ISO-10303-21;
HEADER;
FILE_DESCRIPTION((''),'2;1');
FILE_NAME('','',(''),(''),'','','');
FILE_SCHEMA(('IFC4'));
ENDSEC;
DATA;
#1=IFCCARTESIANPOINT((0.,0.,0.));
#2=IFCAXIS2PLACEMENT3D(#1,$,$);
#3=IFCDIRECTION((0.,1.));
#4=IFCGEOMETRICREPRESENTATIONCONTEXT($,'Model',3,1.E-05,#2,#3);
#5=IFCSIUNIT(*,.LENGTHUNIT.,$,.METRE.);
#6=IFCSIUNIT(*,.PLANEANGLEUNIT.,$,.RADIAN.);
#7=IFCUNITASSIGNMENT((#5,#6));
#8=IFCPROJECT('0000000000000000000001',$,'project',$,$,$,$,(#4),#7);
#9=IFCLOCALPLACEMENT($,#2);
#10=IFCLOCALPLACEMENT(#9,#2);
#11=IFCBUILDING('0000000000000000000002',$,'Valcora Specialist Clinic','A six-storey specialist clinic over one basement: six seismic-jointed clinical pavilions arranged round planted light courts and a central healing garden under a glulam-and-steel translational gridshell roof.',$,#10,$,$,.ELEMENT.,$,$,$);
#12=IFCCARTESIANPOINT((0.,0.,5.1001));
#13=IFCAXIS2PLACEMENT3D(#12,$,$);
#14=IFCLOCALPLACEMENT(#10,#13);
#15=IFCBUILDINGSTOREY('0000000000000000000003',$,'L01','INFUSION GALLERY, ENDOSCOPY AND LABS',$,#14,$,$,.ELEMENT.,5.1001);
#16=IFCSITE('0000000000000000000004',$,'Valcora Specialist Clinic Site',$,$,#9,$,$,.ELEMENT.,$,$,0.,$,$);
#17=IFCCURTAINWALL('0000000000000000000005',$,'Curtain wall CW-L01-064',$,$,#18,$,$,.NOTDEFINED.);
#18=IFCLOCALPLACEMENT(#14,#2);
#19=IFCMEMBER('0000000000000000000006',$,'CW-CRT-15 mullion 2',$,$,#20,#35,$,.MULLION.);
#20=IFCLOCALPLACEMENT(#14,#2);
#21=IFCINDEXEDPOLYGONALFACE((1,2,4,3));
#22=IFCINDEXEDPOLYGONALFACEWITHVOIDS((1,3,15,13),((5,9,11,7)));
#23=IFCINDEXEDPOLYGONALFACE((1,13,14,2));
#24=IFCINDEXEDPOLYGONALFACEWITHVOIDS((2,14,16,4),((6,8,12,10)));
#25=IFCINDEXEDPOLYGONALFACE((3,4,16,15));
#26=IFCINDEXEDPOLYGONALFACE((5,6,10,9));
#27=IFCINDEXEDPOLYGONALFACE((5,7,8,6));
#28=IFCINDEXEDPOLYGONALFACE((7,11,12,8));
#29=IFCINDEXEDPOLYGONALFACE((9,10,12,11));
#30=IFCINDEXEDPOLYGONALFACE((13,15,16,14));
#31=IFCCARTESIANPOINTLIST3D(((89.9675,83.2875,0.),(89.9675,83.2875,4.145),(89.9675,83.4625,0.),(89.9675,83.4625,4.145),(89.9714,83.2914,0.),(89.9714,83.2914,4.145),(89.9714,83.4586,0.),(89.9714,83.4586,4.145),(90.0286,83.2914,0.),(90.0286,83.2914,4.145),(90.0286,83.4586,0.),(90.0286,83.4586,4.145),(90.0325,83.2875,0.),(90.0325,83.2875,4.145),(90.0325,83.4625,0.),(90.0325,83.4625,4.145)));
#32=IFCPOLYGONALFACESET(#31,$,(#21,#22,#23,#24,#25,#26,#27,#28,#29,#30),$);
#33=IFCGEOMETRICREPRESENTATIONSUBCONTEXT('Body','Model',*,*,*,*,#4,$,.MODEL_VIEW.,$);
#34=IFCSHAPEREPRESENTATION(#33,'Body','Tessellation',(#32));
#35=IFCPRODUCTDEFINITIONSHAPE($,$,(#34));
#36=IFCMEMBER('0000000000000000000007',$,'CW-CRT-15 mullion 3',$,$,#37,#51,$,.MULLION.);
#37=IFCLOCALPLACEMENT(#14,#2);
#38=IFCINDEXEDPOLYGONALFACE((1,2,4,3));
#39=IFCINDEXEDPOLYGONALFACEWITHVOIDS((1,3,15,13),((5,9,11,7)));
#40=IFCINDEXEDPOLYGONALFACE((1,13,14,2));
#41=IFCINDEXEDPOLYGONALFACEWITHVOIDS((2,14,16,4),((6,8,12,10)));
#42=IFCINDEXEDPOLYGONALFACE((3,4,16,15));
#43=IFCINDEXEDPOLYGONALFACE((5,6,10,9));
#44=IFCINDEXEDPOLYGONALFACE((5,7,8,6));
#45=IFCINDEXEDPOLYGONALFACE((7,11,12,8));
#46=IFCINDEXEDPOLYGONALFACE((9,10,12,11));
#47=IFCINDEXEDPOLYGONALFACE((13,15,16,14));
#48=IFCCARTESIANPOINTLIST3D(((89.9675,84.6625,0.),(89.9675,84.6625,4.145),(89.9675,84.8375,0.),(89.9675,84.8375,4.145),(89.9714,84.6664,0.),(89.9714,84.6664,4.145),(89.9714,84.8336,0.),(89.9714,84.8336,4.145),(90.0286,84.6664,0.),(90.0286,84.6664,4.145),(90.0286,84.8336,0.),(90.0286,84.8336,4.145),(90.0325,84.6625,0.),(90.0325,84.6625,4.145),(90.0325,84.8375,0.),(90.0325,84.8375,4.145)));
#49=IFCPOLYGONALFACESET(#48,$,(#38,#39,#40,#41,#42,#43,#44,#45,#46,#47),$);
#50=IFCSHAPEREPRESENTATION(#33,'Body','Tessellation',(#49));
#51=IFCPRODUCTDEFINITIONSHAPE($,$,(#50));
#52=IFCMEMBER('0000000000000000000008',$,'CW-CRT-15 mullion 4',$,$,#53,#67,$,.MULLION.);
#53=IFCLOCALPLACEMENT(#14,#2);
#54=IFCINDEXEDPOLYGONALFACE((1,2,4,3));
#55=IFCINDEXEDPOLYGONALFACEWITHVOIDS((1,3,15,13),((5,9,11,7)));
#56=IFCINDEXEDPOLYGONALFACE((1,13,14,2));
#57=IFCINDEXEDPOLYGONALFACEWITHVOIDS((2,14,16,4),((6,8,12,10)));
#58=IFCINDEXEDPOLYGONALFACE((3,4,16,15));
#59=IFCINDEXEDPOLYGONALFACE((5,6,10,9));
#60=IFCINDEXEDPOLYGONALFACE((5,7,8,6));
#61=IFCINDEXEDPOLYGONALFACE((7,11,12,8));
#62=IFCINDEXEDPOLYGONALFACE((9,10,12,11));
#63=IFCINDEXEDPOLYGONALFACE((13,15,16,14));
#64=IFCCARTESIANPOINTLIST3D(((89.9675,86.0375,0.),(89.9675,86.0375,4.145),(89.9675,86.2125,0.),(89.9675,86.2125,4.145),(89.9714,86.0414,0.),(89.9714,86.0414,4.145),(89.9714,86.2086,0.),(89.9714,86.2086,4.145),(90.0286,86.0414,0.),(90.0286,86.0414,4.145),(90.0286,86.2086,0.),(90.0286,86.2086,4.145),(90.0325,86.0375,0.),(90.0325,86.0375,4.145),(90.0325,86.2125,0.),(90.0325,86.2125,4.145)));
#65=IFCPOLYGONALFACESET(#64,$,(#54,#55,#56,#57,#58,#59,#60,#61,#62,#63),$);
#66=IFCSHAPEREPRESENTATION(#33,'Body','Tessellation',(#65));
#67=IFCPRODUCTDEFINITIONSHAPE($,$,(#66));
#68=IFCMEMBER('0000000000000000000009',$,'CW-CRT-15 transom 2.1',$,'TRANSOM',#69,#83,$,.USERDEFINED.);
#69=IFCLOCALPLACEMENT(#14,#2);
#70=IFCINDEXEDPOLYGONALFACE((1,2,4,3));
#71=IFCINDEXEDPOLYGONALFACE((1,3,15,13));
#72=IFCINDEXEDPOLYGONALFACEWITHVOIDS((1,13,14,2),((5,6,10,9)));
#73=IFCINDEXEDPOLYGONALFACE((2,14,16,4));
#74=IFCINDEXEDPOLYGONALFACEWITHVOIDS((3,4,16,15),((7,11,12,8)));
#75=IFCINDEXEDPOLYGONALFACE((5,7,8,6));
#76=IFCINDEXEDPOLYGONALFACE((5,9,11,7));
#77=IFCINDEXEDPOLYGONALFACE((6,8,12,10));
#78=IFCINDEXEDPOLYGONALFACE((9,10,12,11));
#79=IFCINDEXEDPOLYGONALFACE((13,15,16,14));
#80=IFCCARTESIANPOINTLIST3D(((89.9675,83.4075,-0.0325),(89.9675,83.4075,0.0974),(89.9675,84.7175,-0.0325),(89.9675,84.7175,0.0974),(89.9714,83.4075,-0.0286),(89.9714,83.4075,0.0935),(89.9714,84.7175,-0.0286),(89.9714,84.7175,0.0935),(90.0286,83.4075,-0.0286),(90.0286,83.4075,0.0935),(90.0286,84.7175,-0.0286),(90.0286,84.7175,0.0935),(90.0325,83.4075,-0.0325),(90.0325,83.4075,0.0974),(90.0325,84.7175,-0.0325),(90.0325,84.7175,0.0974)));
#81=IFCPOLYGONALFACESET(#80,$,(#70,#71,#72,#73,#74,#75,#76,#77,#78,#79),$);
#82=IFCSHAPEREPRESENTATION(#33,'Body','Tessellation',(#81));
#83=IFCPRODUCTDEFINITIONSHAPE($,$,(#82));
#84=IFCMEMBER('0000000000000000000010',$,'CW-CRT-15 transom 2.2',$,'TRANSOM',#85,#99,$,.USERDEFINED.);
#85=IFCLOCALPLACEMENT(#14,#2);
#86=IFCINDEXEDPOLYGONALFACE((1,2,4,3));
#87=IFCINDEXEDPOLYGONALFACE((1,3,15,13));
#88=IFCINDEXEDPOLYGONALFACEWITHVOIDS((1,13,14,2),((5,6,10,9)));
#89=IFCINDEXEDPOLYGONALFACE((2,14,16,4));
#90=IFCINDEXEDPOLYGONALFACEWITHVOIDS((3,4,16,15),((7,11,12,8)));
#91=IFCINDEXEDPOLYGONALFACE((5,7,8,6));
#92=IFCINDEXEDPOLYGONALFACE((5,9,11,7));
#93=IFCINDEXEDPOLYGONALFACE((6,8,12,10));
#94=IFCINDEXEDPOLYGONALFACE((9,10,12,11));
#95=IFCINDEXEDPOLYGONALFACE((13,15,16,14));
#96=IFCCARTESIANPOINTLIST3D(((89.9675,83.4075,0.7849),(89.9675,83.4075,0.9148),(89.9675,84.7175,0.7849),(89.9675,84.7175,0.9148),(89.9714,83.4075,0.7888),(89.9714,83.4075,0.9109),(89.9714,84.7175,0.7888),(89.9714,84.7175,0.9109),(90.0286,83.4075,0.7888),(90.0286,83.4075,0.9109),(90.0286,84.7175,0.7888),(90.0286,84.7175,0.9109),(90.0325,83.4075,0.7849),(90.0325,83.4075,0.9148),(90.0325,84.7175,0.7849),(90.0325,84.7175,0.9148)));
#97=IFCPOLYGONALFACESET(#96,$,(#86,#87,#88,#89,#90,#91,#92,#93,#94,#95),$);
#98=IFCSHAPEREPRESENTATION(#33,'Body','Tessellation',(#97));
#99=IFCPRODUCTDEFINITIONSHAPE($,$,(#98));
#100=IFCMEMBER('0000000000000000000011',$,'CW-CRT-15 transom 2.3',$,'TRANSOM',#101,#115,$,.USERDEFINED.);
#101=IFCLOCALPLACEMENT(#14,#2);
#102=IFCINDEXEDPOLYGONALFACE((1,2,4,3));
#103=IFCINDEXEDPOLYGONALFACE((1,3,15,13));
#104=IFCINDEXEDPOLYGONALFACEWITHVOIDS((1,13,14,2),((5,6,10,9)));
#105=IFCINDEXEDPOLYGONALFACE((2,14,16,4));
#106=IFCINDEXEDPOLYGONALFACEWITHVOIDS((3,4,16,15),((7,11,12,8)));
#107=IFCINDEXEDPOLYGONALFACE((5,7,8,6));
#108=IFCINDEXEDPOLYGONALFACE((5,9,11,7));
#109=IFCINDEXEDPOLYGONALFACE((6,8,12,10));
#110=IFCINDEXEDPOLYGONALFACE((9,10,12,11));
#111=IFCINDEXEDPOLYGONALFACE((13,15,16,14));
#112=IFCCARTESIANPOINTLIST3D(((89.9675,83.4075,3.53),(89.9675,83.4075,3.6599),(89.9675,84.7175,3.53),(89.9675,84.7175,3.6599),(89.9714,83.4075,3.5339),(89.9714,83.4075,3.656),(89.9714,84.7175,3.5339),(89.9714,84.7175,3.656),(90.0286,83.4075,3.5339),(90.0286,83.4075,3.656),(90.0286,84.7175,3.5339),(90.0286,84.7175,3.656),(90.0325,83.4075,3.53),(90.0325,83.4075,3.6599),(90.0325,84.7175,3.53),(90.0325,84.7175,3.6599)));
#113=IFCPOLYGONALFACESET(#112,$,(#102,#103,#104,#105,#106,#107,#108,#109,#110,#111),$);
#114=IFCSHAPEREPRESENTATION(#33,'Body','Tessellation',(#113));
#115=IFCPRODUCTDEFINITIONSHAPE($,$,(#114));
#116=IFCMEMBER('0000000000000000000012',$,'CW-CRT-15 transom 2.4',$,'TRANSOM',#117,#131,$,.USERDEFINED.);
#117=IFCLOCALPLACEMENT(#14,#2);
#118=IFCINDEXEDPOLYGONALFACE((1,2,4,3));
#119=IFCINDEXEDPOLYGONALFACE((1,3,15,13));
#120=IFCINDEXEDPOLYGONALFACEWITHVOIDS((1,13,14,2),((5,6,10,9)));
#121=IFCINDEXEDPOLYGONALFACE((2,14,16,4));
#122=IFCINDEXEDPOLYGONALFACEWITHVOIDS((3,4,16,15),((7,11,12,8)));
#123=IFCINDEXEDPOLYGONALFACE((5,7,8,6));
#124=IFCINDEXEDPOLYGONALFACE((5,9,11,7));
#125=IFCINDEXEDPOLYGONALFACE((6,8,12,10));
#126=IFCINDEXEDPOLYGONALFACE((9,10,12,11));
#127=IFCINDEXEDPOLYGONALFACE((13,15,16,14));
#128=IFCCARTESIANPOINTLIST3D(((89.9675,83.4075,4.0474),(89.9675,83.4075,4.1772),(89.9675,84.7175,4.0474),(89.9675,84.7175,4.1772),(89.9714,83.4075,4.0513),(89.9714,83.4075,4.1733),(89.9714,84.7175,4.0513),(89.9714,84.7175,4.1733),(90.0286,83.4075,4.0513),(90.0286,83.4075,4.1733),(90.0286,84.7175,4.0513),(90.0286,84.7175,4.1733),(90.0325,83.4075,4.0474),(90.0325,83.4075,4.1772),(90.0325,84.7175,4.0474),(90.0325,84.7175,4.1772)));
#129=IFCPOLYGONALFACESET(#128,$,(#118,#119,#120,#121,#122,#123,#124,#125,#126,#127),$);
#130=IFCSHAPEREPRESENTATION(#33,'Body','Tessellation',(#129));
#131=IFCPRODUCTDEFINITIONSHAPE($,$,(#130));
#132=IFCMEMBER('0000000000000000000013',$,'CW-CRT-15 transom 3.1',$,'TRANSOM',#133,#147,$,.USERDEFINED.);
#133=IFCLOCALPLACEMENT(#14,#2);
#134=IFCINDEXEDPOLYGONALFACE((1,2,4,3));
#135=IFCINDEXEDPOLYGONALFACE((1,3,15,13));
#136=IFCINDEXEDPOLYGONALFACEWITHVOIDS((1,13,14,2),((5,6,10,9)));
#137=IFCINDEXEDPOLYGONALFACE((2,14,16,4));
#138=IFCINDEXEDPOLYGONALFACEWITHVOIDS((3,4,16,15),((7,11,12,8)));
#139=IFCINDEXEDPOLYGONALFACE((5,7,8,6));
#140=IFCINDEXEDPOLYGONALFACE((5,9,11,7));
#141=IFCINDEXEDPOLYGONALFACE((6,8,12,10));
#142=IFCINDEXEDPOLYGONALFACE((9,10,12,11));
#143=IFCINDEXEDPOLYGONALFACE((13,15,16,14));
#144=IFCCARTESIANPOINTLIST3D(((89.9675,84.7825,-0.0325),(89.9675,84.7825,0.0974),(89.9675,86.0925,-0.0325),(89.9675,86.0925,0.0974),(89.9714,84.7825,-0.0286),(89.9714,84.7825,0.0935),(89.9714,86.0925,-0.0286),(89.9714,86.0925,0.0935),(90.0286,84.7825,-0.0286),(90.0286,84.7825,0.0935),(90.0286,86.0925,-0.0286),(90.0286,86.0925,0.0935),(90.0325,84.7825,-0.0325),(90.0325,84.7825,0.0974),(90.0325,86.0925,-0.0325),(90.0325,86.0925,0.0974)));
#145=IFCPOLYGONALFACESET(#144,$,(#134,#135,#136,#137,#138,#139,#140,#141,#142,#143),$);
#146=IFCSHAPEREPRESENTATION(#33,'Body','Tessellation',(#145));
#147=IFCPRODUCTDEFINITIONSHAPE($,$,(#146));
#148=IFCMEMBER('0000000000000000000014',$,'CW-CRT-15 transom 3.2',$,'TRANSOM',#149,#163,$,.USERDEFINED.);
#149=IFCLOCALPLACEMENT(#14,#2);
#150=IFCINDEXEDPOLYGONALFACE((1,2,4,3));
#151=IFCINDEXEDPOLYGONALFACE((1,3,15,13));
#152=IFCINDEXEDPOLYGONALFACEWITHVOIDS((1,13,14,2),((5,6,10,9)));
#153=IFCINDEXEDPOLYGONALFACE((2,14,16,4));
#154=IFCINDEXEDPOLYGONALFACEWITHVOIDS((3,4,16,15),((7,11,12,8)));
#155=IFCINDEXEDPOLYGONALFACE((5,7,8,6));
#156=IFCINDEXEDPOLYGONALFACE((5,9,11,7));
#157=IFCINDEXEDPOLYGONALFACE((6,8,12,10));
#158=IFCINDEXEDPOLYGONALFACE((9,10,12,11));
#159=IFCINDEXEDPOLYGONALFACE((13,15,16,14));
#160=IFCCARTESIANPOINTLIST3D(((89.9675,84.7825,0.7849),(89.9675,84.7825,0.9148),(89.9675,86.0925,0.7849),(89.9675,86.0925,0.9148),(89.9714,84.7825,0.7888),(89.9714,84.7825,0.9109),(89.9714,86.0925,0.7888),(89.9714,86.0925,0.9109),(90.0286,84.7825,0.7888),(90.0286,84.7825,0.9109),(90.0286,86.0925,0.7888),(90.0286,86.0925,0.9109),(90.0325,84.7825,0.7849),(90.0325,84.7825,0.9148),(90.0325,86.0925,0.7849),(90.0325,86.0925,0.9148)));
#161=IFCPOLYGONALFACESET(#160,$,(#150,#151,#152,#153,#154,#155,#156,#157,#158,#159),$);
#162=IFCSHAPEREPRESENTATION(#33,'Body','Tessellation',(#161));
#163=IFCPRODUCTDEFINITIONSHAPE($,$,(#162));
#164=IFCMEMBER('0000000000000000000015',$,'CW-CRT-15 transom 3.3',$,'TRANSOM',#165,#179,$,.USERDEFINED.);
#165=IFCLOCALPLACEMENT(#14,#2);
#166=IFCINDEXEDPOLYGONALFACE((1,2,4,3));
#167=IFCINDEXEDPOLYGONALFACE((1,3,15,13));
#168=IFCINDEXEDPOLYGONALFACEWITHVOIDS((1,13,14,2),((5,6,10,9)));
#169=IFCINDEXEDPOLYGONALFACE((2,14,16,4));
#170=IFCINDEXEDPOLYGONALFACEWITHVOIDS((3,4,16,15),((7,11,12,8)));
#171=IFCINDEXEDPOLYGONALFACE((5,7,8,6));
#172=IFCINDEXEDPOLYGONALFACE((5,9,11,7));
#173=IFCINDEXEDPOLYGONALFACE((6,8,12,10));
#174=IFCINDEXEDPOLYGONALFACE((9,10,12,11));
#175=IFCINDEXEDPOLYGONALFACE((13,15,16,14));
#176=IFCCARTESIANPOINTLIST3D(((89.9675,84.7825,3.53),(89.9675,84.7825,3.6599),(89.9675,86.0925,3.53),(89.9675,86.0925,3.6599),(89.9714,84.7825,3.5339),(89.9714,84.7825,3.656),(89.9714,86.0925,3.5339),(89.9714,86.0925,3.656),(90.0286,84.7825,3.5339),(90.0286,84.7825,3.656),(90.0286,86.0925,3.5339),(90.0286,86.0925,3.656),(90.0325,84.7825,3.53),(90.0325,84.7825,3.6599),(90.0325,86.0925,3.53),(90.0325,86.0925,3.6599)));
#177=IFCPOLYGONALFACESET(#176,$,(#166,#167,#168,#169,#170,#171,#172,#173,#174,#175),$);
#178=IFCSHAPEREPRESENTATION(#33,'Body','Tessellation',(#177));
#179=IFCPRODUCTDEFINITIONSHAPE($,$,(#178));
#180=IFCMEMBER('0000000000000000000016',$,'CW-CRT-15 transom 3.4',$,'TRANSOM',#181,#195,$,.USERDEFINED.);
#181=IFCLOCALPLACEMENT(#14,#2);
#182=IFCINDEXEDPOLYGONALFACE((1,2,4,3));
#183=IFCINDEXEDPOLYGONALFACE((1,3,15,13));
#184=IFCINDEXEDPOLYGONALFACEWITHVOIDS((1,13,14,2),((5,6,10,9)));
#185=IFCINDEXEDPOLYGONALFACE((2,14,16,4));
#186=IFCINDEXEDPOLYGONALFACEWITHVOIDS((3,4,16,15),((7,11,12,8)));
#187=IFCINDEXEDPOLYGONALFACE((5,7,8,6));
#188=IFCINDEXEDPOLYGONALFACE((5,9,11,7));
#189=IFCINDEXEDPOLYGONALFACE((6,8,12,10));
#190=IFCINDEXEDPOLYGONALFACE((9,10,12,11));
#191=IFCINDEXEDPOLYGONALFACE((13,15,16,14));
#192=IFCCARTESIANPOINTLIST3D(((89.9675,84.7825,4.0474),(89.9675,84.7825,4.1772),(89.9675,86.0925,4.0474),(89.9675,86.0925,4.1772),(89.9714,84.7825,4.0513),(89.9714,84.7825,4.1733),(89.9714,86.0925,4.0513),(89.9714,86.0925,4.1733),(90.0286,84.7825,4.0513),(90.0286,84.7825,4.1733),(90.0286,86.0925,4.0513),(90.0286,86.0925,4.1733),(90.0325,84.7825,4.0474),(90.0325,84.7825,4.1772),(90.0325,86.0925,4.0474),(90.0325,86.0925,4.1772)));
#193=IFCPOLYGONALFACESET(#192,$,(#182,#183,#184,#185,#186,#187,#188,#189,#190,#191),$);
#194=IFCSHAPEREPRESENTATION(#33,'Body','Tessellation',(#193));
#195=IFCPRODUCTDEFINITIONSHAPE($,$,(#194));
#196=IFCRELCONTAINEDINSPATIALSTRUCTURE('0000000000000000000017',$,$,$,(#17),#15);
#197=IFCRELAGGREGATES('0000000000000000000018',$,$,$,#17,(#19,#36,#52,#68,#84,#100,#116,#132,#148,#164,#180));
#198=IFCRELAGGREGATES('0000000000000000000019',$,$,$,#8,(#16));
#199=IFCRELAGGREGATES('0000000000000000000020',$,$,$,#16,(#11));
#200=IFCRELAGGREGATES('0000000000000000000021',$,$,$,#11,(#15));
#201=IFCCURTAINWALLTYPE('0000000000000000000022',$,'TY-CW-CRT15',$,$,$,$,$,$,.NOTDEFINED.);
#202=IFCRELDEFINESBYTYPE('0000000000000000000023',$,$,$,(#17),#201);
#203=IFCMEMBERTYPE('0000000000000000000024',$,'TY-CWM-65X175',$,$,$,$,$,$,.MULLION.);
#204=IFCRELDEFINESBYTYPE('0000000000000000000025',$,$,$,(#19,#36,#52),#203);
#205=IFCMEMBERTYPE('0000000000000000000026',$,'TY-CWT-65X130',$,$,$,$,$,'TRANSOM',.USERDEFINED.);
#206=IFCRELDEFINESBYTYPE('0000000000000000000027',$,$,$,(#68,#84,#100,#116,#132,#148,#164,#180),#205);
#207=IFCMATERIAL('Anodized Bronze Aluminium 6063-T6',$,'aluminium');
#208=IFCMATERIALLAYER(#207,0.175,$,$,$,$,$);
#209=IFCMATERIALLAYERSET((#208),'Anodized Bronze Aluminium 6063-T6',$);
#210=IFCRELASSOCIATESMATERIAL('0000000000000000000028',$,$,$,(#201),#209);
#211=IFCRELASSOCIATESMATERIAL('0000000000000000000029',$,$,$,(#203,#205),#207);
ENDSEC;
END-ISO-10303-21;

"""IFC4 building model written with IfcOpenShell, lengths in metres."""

from ifc_helpers import new_model, si_unit, direction, frame, origin, origin_2d, place, context, subcontext, project, spatial, hollow_rectangle, extrude, material, layer, layer_set, material_profile, profile_set, type_object, element, aggregate, save


model = new_model("IFC4")

# Units and contexts
model_context = context("Model", 3, precision=1e-05, world=origin(), true_north=direction((0.0, 1.0)))
body_context = subcontext(model_context, "Body", "Model", "MODEL_VIEW")
ifc_project = project(units=[si_unit("LENGTHUNIT", "METRE"), si_unit("PLANEANGLEUNIT", "RADIAN")], contexts=[model_context])

# Site, building, storey
site_placement = place(None, origin())
site = spatial("IfcSite", under=ifc_project, at=site_placement, Name="Valcora Specialist Clinic Site", CompositionType="ELEMENT", RefElevation=0.0)
building_placement = place(site_placement, origin())
building = spatial("IfcBuilding", under=site, at=building_placement, Name="Valcora Specialist Clinic", Description="A six-storey specialist clinic over one basement: six seismic-jointed clinical pavilions arranged round planted light courts and a central healing garden under a glulam-and-steel translational gridshell roof.", CompositionType="ELEMENT")
storey_placement = place(building_placement, frame((0.0, 0.0, 5.1001)))
storey = spatial("IfcBuildingStorey", under=building, at=storey_placement, Name="L01", Description="INFUSION GALLERY, ENDOSCOPY AND LABS", CompositionType="ELEMENT", Elevation=5.1001)

# Curtain wall, members
ifc_material_1 = material(Name="Anodized Bronze Aluminium 6063-T6", Category="aluminium")
ifc_layer_1 = layer(ifc_material_1, 0.175)
ifc_layer_set_1 = layer_set([ifc_layer_1], Name="Anodized Bronze Aluminium 6063-T6")
curtain_wall_type = type_object("IfcCurtainWallType", Name="TY-CW-CRT15", PredefinedType="NOTDEFINED", material=ifc_layer_set_1)
curtain_wall_placement = place(storey_placement, origin())
curtain_wall = element("IfcCurtainWall", 1, at=curtain_wall_placement, inside=storey, type_object=curtain_wall_type, Name="Curtain wall CW-L01-064", PredefinedType="NOTDEFINED")
ifc_material_profile_1 = material_profile(ifc_material_1, hollow_rectangle(XDim=0.0649, YDim=0.175, WallThickness=0.0039, at=origin_2d()), Name="AL-MUL-65X175")
ifc_profile_set_1 = profile_set([ifc_material_profile_1], Name="Anodized Bronze Aluminium 6063-T6")
member_type_1 = type_object("IfcMemberType", Name="TY-CWM-65X175", PredefinedType="MULLION", material=ifc_profile_set_1)
member_1_placement = place(storey_placement, frame((90.0, 83.375, 0.0), z_axis=(0.0, 0.0, 1.0), x_axis=(-1.0, 0.0, 0.0)))
member_1 = element("IfcMember", 2, at=member_1_placement, type_object=member_type_1, Name="CW-CRT-15 mullion 2", PredefinedType="MULLION", context=body_context, shape_type="SweptSolid", body=[
    extrude(hollow_rectangle(XDim=0.0649, YDim=0.175, WallThickness=0.0039, at=origin_2d()), origin(), (0.0, 0.0, 1.0), 4.145),
])
member_2_placement = place(storey_placement, frame((90.0, 84.75, 0.0), z_axis=(0.0, 0.0, 1.0), x_axis=(-1.0, 0.0, 0.0)))
member_2 = element("IfcMember", 3, at=member_2_placement, type_object=member_type_1, Name="CW-CRT-15 mullion 3", PredefinedType="MULLION", context=body_context, shape_type="SweptSolid", body=[
    extrude(hollow_rectangle(XDim=0.0649, YDim=0.175, WallThickness=0.0039, at=origin_2d()), origin(), (0.0, 0.0, 1.0), 4.145),
])
member_3_placement = place(storey_placement, frame((90.0, 86.125, 0.0), z_axis=(0.0, 0.0, 1.0), x_axis=(-1.0, 0.0, 0.0)))
member_3 = element("IfcMember", 4, at=member_3_placement, type_object=member_type_1, Name="CW-CRT-15 mullion 4", PredefinedType="MULLION", context=body_context, shape_type="SweptSolid", body=[
    extrude(hollow_rectangle(XDim=0.0649, YDim=0.175, WallThickness=0.0039, at=origin_2d()), origin(), (0.0, 0.0, 1.0), 4.145),
])
ifc_material_profile_2 = material_profile(ifc_material_1, hollow_rectangle(XDim=0.0649, YDim=0.1299, WallThickness=0.0039, at=origin_2d()), Name="AL-TRN-65X130")
ifc_profile_set_2 = profile_set([ifc_material_profile_2], Name="Anodized Bronze Aluminium 6063-T6")
member_type_2 = type_object("IfcMemberType", Name="TY-CWT-65X130", ElementType="TRANSOM", PredefinedType="USERDEFINED", material=ifc_profile_set_2)
member_4_placement = place(storey_placement, frame((90.0, 83.4075, 0.0325), z_axis=(0.0, 1.0, 0.0), x_axis=(-1.0, 0.0, 0.0)))
member_4 = element("IfcMember", 5, at=member_4_placement, type_object=member_type_2, Name="CW-CRT-15 transom 2.1", ObjectType="TRANSOM", PredefinedType="USERDEFINED", context=body_context, shape_type="SweptSolid", body=[
    extrude(hollow_rectangle(XDim=0.0649, YDim=0.1299, WallThickness=0.0039, at=origin_2d()), origin(), (0.0, 0.0, 1.0), 1.3101),
])
member_5_placement = place(storey_placement, frame((90.0, 83.4075, 0.8499), z_axis=(0.0, 1.0, 0.0), x_axis=(-1.0, 0.0, 0.0)))
member_5 = element("IfcMember", 6, at=member_5_placement, type_object=member_type_2, Name="CW-CRT-15 transom 2.2", ObjectType="TRANSOM", PredefinedType="USERDEFINED", context=body_context, shape_type="SweptSolid", body=[
    extrude(hollow_rectangle(XDim=0.0649, YDim=0.1299, WallThickness=0.0039, at=origin_2d()), origin(), (0.0, 0.0, 1.0), 1.3101),
])
member_6_placement = place(storey_placement, frame((90.0, 83.4075, 3.595), z_axis=(0.0, 1.0, 0.0), x_axis=(-1.0, 0.0, 0.0)))
member_6 = element("IfcMember", 7, at=member_6_placement, type_object=member_type_2, Name="CW-CRT-15 transom 2.3", ObjectType="TRANSOM", PredefinedType="USERDEFINED", context=body_context, shape_type="SweptSolid", body=[
    extrude(hollow_rectangle(XDim=0.0649, YDim=0.1299, WallThickness=0.0039, at=origin_2d()), origin(), (0.0, 0.0, 1.0), 1.3101),
])
member_7_placement = place(storey_placement, frame((90.0, 83.4075, 4.1123), z_axis=(0.0, 1.0, 0.0), x_axis=(-1.0, 0.0, 0.0)))
member_7 = element("IfcMember", 8, at=member_7_placement, type_object=member_type_2, Name="CW-CRT-15 transom 2.4", ObjectType="TRANSOM", PredefinedType="USERDEFINED", context=body_context, shape_type="SweptSolid", body=[
    extrude(hollow_rectangle(XDim=0.0649, YDim=0.1299, WallThickness=0.0039, at=origin_2d()), origin(), (0.0, 0.0, 1.0), 1.3101),
])
member_8_placement = place(storey_placement, frame((90.0, 84.7825, 0.0325), z_axis=(0.0, 1.0, 0.0), x_axis=(-1.0, 0.0, 0.0)))
member_8 = element("IfcMember", 9, at=member_8_placement, type_object=member_type_2, Name="CW-CRT-15 transom 3.1", ObjectType="TRANSOM", PredefinedType="USERDEFINED", context=body_context, shape_type="SweptSolid", body=[
    extrude(hollow_rectangle(XDim=0.0649, YDim=0.1299, WallThickness=0.0039, at=origin_2d()), origin(), (0.0, 0.0, 1.0), 1.3101),
])
member_9_placement = place(storey_placement, frame((90.0, 84.7825, 0.8499), z_axis=(0.0, 1.0, 0.0), x_axis=(-1.0, 0.0, 0.0)))
member_9 = element("IfcMember", 10, at=member_9_placement, type_object=member_type_2, Name="CW-CRT-15 transom 3.2", ObjectType="TRANSOM", PredefinedType="USERDEFINED", context=body_context, shape_type="SweptSolid", body=[
    extrude(hollow_rectangle(XDim=0.0649, YDim=0.1299, WallThickness=0.0039, at=origin_2d()), origin(), (0.0, 0.0, 1.0), 1.3101),
])
member_10_placement = place(storey_placement, frame((90.0, 84.7825, 3.595), z_axis=(0.0, 1.0, 0.0), x_axis=(-1.0, 0.0, 0.0)))
member_10 = element("IfcMember", 11, at=member_10_placement, type_object=member_type_2, Name="CW-CRT-15 transom 3.3", ObjectType="TRANSOM", PredefinedType="USERDEFINED", context=body_context, shape_type="SweptSolid", body=[
    extrude(hollow_rectangle(XDim=0.0649, YDim=0.1299, WallThickness=0.0039, at=origin_2d()), origin(), (0.0, 0.0, 1.0), 1.3101),
])
member_11_placement = place(storey_placement, frame((90.0, 84.7825, 4.1123), z_axis=(0.0, 1.0, 0.0), x_axis=(-1.0, 0.0, 0.0)))
member_11 = element("IfcMember", 12, at=member_11_placement, type_object=member_type_2, Name="CW-CRT-15 transom 3.4", ObjectType="TRANSOM", PredefinedType="USERDEFINED", context=body_context, shape_type="SweptSolid", body=[
    extrude(hollow_rectangle(XDim=0.0649, YDim=0.1299, WallThickness=0.0039, at=origin_2d()), origin(), (0.0, 0.0, 1.0), 1.3101),
])
aggregate(curtain_wall, [member_1, member_2, member_3, member_4, member_5, member_6, member_7, member_8, member_9, member_10, member_11])

save(model, "model.ifc")
